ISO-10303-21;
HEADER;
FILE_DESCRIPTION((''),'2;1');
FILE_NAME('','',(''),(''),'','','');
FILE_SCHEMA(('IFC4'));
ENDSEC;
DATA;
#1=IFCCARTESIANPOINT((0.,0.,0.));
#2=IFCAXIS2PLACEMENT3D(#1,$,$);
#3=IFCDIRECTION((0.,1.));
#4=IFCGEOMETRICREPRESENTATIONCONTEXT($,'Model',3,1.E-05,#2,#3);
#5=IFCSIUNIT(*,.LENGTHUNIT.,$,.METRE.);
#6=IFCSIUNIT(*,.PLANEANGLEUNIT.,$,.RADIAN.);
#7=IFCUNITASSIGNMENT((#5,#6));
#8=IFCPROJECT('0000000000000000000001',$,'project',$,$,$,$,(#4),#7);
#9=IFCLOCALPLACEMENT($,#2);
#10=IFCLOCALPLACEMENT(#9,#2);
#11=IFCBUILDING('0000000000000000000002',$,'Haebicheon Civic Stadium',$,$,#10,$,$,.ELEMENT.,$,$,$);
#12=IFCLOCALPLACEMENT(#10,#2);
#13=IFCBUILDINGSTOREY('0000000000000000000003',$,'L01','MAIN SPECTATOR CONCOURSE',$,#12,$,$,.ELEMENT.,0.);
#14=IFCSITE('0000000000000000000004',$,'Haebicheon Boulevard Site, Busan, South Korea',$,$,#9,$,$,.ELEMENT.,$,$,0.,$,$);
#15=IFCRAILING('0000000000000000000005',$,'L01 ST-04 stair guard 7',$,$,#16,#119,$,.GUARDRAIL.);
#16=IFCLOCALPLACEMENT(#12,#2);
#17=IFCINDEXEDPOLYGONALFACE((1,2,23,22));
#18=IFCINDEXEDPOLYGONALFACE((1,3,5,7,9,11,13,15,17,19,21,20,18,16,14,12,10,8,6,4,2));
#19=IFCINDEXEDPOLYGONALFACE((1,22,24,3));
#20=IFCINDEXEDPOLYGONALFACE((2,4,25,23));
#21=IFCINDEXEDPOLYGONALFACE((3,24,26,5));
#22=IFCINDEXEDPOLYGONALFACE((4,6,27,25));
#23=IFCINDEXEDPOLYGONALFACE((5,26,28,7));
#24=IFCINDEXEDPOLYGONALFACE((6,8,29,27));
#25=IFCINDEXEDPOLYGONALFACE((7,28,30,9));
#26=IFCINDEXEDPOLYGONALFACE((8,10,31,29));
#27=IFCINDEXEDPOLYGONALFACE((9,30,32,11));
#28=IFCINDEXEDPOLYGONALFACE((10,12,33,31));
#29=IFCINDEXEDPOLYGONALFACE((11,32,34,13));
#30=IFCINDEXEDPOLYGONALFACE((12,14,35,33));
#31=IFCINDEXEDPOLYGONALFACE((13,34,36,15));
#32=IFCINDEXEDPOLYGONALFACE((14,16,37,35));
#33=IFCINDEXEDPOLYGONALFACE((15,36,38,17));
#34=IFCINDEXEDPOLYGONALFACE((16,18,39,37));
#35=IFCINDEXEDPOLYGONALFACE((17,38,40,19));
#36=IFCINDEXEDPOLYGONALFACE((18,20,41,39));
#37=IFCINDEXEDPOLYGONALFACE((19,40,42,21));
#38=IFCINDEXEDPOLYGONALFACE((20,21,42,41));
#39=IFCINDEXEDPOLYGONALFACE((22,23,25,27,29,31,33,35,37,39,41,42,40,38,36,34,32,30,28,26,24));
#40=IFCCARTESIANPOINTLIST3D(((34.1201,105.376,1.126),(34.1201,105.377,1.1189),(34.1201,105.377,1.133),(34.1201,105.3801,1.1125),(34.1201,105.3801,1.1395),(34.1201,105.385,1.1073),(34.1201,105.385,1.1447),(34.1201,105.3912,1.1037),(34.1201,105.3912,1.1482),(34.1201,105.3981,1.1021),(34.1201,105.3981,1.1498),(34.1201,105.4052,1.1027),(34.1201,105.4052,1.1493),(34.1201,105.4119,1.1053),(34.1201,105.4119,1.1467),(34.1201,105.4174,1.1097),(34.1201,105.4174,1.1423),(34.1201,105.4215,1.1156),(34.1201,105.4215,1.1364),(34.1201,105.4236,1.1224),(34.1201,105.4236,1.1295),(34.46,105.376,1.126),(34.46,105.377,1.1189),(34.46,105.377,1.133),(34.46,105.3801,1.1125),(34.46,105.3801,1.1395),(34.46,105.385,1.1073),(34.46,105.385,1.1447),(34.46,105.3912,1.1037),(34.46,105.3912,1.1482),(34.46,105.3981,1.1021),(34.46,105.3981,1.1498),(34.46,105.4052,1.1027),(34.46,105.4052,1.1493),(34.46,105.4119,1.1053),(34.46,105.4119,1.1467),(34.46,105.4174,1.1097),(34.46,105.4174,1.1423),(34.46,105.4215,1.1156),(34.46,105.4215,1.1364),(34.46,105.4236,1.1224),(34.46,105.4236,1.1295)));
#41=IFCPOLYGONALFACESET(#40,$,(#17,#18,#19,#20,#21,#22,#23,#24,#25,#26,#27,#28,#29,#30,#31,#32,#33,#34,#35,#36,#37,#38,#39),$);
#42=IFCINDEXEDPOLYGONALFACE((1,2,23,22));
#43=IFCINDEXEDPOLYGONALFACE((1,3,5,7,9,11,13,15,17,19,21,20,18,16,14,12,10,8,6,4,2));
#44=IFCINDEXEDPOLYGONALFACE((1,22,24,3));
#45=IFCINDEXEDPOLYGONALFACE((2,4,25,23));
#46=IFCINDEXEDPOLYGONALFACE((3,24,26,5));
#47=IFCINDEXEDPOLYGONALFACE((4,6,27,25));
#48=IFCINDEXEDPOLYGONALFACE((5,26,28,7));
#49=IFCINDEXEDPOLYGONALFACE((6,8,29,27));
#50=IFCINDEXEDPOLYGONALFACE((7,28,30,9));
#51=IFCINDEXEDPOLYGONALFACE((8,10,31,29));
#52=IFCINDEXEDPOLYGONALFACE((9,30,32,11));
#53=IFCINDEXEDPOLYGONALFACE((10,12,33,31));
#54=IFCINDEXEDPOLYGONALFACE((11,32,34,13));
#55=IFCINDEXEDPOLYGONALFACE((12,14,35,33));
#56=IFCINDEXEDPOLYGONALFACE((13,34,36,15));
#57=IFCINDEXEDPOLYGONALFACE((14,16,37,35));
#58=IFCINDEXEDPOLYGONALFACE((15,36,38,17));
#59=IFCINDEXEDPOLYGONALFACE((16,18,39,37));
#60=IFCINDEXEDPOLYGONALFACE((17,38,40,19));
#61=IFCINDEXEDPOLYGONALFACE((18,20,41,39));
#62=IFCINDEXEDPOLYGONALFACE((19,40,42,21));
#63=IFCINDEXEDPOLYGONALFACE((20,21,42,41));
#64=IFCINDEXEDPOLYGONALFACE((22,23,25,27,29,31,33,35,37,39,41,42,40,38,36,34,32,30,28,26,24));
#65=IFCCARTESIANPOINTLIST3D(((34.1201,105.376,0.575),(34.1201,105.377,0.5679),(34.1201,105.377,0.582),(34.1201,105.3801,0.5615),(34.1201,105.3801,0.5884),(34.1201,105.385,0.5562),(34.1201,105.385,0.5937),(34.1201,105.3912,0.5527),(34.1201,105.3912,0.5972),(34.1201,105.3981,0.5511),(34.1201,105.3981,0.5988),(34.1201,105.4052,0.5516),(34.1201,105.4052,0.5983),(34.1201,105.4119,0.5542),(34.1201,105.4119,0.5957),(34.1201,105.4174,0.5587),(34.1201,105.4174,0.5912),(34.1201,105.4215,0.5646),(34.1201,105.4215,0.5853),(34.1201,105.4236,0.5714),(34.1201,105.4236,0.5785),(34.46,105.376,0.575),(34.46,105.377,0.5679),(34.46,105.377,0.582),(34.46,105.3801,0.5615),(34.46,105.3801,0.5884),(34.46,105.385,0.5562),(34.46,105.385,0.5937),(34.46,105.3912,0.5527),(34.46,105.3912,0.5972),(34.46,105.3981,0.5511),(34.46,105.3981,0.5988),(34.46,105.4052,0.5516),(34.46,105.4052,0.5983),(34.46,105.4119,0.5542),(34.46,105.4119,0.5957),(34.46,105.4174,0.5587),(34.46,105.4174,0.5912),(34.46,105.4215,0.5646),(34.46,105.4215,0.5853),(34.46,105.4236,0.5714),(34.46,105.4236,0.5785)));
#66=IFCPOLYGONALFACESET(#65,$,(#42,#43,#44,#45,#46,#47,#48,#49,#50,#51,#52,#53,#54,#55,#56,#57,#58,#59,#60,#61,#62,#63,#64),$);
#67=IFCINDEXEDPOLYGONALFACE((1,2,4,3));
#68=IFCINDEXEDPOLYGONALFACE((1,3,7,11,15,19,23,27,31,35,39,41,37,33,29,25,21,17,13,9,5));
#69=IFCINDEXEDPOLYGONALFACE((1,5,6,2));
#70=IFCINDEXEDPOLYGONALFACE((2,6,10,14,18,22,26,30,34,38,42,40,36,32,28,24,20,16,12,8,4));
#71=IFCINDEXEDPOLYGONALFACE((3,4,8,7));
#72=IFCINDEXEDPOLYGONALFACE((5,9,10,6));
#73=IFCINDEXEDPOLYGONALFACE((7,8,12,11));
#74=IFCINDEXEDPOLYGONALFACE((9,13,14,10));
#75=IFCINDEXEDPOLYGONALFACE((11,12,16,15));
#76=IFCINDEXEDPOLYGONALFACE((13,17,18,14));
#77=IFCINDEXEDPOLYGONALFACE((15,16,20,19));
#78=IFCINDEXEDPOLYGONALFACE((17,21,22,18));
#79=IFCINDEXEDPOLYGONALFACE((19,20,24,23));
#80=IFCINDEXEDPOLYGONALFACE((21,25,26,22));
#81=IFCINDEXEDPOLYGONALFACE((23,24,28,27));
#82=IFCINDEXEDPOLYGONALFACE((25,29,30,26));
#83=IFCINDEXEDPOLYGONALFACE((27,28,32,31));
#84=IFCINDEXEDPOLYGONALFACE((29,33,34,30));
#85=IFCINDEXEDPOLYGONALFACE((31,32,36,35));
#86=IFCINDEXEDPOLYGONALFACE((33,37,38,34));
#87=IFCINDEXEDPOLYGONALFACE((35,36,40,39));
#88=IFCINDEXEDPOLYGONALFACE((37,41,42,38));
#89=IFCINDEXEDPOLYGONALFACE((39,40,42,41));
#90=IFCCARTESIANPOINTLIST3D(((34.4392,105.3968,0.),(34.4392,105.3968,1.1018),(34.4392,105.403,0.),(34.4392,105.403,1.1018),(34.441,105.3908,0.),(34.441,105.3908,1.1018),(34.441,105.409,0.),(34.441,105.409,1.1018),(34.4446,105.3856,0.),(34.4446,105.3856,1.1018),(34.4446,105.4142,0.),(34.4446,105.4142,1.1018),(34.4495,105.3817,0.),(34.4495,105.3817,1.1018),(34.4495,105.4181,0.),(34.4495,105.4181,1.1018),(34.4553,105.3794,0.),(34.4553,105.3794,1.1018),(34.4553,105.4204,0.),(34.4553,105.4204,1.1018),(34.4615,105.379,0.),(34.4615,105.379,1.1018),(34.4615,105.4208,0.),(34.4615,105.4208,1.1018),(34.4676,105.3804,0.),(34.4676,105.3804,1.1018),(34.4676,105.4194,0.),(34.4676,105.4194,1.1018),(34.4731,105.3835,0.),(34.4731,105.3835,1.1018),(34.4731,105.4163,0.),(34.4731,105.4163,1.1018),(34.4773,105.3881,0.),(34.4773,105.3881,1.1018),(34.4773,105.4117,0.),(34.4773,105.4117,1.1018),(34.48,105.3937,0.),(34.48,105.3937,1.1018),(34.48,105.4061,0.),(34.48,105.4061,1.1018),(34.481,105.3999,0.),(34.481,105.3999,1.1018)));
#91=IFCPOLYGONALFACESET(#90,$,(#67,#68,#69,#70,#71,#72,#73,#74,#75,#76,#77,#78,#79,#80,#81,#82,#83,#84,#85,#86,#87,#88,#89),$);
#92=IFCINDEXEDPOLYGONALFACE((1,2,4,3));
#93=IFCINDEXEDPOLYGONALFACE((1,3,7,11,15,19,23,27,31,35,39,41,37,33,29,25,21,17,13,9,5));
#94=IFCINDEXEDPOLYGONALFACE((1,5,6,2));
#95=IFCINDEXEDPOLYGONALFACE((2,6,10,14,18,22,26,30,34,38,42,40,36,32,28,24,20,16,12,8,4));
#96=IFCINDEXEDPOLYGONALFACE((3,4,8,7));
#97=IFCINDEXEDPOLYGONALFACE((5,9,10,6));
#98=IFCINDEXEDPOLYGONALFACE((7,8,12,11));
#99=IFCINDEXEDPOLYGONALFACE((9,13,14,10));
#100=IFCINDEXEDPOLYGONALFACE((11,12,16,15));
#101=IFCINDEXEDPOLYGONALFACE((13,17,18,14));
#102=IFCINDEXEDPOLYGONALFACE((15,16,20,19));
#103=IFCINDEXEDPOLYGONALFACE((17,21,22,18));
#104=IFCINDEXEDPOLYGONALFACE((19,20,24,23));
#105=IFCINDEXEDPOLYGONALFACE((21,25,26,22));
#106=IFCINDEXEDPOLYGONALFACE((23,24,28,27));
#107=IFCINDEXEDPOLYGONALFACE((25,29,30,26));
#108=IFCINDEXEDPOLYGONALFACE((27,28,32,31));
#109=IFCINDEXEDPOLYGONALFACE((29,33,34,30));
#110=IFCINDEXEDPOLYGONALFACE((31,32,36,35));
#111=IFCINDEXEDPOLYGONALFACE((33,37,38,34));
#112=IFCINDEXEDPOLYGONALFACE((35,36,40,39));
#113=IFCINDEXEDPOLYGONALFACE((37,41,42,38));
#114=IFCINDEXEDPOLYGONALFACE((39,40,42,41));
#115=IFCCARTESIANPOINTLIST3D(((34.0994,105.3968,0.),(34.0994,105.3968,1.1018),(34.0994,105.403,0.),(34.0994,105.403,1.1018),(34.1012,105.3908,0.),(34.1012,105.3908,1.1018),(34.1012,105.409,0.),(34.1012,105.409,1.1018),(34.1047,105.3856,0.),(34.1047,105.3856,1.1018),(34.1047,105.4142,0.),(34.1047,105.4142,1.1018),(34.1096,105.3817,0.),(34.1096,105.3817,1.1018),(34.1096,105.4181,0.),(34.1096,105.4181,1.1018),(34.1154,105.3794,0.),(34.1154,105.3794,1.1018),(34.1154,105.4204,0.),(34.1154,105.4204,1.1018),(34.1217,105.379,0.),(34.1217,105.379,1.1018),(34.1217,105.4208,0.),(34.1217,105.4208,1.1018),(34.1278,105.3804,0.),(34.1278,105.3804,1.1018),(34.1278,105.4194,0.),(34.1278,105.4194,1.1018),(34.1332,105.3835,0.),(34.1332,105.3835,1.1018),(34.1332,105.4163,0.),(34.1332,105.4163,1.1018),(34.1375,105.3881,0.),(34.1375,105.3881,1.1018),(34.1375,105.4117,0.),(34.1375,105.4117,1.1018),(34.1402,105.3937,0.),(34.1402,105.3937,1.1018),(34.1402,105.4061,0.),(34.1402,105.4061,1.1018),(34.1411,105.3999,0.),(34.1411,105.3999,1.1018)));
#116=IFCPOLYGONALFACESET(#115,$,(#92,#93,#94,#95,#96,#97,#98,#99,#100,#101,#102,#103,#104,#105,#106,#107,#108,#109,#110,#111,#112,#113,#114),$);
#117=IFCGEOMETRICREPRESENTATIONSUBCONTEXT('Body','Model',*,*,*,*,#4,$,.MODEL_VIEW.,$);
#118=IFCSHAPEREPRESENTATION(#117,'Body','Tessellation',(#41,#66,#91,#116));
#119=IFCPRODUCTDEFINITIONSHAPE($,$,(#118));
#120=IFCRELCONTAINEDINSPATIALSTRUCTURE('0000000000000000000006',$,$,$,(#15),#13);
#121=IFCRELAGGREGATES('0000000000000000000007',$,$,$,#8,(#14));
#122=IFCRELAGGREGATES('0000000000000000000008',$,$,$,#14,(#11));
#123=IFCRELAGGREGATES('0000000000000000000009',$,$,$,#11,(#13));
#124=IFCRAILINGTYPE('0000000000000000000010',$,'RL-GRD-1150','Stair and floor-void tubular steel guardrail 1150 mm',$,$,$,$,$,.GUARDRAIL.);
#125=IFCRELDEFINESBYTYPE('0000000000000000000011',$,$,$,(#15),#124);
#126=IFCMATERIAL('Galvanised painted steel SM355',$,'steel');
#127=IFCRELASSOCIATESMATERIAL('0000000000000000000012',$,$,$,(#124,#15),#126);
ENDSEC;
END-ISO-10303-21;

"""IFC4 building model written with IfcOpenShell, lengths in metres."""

from ifc_helpers import new_model, si_unit, direction, frame, origin, origin_2d, place, context, subcontext, project, spatial, circle, extrude, material, type_object, element, save


model = new_model("IFC4")

# Units and contexts
model_context = context("Model", 3, precision=1e-05, world=origin(), true_north=direction((0.0, 1.0)))
body_context = subcontext(model_context, "Body", "Model", "MODEL_VIEW")
ifc_project = project(units=[si_unit("LENGTHUNIT", "METRE"), si_unit("PLANEANGLEUNIT", "RADIAN")], contexts=[model_context])

# Site, building, storey
site_placement = place(None, origin())
site = spatial("IfcSite", under=ifc_project, at=site_placement, Name="Haebicheon Boulevard Site, Busan, South Korea", CompositionType="ELEMENT", RefElevation=0.0)
building_placement = place(site_placement, origin())
building = spatial("IfcBuilding", under=site, at=building_placement, Name="Haebicheon Civic Stadium", CompositionType="ELEMENT")
storey_placement = place(building_placement, origin())
storey = spatial("IfcBuildingStorey", under=building, at=storey_placement, Name="L01", Description="MAIN SPECTATOR CONCOURSE", CompositionType="ELEMENT", Elevation=0.0)

# Railing
ifc_material_1 = material(Name="Galvanised painted steel SM355", Category="steel")
railing_type_1 = type_object("IfcRailingType", Name="RL-GRD-1150", Description="Stair and floor-void tubular steel guardrail 1150 mm", PredefinedType="GUARDRAIL", material=ifc_material_1)
railing_1_placement = place(storey_placement, frame((34.46, 105.3999, 0.0)))
element("IfcRailing", 1, at=railing_1_placement, inside=storey, type_object=railing_type_1, material=ifc_material_1, Name="L01 ST-04 stair guard 7", PredefinedType="GUARDRAIL", context=body_context, shape_type="SweptSolid", body=[
    extrude(circle(Radius=0.0239, at=origin_2d()), frame((0.0, 0.0, 1.126), z_axis=(-1.0, 0.0, 0.0), x_axis=(0.0, -1.0, 0.0)), (0.0, 0.0, 1.0), 0.3398),
    extrude(circle(Radius=0.0239, at=origin_2d()), frame((0.0, 0.0, 0.575), z_axis=(-1.0, 0.0, 0.0), x_axis=(0.0, -1.0, 0.0)), (0.0, 0.0, 1.0), 0.3398),
    extrude(circle(Radius=0.021, at=origin_2d()), origin(), (0.0, 0.0, 1.0), 1.1018),
    extrude(circle(Radius=0.021, at=origin_2d()), frame((-0.3398, 0.0, 0.0)), (0.0, 0.0, 1.0), 1.1018),
])

save(model, "model.ifc")
